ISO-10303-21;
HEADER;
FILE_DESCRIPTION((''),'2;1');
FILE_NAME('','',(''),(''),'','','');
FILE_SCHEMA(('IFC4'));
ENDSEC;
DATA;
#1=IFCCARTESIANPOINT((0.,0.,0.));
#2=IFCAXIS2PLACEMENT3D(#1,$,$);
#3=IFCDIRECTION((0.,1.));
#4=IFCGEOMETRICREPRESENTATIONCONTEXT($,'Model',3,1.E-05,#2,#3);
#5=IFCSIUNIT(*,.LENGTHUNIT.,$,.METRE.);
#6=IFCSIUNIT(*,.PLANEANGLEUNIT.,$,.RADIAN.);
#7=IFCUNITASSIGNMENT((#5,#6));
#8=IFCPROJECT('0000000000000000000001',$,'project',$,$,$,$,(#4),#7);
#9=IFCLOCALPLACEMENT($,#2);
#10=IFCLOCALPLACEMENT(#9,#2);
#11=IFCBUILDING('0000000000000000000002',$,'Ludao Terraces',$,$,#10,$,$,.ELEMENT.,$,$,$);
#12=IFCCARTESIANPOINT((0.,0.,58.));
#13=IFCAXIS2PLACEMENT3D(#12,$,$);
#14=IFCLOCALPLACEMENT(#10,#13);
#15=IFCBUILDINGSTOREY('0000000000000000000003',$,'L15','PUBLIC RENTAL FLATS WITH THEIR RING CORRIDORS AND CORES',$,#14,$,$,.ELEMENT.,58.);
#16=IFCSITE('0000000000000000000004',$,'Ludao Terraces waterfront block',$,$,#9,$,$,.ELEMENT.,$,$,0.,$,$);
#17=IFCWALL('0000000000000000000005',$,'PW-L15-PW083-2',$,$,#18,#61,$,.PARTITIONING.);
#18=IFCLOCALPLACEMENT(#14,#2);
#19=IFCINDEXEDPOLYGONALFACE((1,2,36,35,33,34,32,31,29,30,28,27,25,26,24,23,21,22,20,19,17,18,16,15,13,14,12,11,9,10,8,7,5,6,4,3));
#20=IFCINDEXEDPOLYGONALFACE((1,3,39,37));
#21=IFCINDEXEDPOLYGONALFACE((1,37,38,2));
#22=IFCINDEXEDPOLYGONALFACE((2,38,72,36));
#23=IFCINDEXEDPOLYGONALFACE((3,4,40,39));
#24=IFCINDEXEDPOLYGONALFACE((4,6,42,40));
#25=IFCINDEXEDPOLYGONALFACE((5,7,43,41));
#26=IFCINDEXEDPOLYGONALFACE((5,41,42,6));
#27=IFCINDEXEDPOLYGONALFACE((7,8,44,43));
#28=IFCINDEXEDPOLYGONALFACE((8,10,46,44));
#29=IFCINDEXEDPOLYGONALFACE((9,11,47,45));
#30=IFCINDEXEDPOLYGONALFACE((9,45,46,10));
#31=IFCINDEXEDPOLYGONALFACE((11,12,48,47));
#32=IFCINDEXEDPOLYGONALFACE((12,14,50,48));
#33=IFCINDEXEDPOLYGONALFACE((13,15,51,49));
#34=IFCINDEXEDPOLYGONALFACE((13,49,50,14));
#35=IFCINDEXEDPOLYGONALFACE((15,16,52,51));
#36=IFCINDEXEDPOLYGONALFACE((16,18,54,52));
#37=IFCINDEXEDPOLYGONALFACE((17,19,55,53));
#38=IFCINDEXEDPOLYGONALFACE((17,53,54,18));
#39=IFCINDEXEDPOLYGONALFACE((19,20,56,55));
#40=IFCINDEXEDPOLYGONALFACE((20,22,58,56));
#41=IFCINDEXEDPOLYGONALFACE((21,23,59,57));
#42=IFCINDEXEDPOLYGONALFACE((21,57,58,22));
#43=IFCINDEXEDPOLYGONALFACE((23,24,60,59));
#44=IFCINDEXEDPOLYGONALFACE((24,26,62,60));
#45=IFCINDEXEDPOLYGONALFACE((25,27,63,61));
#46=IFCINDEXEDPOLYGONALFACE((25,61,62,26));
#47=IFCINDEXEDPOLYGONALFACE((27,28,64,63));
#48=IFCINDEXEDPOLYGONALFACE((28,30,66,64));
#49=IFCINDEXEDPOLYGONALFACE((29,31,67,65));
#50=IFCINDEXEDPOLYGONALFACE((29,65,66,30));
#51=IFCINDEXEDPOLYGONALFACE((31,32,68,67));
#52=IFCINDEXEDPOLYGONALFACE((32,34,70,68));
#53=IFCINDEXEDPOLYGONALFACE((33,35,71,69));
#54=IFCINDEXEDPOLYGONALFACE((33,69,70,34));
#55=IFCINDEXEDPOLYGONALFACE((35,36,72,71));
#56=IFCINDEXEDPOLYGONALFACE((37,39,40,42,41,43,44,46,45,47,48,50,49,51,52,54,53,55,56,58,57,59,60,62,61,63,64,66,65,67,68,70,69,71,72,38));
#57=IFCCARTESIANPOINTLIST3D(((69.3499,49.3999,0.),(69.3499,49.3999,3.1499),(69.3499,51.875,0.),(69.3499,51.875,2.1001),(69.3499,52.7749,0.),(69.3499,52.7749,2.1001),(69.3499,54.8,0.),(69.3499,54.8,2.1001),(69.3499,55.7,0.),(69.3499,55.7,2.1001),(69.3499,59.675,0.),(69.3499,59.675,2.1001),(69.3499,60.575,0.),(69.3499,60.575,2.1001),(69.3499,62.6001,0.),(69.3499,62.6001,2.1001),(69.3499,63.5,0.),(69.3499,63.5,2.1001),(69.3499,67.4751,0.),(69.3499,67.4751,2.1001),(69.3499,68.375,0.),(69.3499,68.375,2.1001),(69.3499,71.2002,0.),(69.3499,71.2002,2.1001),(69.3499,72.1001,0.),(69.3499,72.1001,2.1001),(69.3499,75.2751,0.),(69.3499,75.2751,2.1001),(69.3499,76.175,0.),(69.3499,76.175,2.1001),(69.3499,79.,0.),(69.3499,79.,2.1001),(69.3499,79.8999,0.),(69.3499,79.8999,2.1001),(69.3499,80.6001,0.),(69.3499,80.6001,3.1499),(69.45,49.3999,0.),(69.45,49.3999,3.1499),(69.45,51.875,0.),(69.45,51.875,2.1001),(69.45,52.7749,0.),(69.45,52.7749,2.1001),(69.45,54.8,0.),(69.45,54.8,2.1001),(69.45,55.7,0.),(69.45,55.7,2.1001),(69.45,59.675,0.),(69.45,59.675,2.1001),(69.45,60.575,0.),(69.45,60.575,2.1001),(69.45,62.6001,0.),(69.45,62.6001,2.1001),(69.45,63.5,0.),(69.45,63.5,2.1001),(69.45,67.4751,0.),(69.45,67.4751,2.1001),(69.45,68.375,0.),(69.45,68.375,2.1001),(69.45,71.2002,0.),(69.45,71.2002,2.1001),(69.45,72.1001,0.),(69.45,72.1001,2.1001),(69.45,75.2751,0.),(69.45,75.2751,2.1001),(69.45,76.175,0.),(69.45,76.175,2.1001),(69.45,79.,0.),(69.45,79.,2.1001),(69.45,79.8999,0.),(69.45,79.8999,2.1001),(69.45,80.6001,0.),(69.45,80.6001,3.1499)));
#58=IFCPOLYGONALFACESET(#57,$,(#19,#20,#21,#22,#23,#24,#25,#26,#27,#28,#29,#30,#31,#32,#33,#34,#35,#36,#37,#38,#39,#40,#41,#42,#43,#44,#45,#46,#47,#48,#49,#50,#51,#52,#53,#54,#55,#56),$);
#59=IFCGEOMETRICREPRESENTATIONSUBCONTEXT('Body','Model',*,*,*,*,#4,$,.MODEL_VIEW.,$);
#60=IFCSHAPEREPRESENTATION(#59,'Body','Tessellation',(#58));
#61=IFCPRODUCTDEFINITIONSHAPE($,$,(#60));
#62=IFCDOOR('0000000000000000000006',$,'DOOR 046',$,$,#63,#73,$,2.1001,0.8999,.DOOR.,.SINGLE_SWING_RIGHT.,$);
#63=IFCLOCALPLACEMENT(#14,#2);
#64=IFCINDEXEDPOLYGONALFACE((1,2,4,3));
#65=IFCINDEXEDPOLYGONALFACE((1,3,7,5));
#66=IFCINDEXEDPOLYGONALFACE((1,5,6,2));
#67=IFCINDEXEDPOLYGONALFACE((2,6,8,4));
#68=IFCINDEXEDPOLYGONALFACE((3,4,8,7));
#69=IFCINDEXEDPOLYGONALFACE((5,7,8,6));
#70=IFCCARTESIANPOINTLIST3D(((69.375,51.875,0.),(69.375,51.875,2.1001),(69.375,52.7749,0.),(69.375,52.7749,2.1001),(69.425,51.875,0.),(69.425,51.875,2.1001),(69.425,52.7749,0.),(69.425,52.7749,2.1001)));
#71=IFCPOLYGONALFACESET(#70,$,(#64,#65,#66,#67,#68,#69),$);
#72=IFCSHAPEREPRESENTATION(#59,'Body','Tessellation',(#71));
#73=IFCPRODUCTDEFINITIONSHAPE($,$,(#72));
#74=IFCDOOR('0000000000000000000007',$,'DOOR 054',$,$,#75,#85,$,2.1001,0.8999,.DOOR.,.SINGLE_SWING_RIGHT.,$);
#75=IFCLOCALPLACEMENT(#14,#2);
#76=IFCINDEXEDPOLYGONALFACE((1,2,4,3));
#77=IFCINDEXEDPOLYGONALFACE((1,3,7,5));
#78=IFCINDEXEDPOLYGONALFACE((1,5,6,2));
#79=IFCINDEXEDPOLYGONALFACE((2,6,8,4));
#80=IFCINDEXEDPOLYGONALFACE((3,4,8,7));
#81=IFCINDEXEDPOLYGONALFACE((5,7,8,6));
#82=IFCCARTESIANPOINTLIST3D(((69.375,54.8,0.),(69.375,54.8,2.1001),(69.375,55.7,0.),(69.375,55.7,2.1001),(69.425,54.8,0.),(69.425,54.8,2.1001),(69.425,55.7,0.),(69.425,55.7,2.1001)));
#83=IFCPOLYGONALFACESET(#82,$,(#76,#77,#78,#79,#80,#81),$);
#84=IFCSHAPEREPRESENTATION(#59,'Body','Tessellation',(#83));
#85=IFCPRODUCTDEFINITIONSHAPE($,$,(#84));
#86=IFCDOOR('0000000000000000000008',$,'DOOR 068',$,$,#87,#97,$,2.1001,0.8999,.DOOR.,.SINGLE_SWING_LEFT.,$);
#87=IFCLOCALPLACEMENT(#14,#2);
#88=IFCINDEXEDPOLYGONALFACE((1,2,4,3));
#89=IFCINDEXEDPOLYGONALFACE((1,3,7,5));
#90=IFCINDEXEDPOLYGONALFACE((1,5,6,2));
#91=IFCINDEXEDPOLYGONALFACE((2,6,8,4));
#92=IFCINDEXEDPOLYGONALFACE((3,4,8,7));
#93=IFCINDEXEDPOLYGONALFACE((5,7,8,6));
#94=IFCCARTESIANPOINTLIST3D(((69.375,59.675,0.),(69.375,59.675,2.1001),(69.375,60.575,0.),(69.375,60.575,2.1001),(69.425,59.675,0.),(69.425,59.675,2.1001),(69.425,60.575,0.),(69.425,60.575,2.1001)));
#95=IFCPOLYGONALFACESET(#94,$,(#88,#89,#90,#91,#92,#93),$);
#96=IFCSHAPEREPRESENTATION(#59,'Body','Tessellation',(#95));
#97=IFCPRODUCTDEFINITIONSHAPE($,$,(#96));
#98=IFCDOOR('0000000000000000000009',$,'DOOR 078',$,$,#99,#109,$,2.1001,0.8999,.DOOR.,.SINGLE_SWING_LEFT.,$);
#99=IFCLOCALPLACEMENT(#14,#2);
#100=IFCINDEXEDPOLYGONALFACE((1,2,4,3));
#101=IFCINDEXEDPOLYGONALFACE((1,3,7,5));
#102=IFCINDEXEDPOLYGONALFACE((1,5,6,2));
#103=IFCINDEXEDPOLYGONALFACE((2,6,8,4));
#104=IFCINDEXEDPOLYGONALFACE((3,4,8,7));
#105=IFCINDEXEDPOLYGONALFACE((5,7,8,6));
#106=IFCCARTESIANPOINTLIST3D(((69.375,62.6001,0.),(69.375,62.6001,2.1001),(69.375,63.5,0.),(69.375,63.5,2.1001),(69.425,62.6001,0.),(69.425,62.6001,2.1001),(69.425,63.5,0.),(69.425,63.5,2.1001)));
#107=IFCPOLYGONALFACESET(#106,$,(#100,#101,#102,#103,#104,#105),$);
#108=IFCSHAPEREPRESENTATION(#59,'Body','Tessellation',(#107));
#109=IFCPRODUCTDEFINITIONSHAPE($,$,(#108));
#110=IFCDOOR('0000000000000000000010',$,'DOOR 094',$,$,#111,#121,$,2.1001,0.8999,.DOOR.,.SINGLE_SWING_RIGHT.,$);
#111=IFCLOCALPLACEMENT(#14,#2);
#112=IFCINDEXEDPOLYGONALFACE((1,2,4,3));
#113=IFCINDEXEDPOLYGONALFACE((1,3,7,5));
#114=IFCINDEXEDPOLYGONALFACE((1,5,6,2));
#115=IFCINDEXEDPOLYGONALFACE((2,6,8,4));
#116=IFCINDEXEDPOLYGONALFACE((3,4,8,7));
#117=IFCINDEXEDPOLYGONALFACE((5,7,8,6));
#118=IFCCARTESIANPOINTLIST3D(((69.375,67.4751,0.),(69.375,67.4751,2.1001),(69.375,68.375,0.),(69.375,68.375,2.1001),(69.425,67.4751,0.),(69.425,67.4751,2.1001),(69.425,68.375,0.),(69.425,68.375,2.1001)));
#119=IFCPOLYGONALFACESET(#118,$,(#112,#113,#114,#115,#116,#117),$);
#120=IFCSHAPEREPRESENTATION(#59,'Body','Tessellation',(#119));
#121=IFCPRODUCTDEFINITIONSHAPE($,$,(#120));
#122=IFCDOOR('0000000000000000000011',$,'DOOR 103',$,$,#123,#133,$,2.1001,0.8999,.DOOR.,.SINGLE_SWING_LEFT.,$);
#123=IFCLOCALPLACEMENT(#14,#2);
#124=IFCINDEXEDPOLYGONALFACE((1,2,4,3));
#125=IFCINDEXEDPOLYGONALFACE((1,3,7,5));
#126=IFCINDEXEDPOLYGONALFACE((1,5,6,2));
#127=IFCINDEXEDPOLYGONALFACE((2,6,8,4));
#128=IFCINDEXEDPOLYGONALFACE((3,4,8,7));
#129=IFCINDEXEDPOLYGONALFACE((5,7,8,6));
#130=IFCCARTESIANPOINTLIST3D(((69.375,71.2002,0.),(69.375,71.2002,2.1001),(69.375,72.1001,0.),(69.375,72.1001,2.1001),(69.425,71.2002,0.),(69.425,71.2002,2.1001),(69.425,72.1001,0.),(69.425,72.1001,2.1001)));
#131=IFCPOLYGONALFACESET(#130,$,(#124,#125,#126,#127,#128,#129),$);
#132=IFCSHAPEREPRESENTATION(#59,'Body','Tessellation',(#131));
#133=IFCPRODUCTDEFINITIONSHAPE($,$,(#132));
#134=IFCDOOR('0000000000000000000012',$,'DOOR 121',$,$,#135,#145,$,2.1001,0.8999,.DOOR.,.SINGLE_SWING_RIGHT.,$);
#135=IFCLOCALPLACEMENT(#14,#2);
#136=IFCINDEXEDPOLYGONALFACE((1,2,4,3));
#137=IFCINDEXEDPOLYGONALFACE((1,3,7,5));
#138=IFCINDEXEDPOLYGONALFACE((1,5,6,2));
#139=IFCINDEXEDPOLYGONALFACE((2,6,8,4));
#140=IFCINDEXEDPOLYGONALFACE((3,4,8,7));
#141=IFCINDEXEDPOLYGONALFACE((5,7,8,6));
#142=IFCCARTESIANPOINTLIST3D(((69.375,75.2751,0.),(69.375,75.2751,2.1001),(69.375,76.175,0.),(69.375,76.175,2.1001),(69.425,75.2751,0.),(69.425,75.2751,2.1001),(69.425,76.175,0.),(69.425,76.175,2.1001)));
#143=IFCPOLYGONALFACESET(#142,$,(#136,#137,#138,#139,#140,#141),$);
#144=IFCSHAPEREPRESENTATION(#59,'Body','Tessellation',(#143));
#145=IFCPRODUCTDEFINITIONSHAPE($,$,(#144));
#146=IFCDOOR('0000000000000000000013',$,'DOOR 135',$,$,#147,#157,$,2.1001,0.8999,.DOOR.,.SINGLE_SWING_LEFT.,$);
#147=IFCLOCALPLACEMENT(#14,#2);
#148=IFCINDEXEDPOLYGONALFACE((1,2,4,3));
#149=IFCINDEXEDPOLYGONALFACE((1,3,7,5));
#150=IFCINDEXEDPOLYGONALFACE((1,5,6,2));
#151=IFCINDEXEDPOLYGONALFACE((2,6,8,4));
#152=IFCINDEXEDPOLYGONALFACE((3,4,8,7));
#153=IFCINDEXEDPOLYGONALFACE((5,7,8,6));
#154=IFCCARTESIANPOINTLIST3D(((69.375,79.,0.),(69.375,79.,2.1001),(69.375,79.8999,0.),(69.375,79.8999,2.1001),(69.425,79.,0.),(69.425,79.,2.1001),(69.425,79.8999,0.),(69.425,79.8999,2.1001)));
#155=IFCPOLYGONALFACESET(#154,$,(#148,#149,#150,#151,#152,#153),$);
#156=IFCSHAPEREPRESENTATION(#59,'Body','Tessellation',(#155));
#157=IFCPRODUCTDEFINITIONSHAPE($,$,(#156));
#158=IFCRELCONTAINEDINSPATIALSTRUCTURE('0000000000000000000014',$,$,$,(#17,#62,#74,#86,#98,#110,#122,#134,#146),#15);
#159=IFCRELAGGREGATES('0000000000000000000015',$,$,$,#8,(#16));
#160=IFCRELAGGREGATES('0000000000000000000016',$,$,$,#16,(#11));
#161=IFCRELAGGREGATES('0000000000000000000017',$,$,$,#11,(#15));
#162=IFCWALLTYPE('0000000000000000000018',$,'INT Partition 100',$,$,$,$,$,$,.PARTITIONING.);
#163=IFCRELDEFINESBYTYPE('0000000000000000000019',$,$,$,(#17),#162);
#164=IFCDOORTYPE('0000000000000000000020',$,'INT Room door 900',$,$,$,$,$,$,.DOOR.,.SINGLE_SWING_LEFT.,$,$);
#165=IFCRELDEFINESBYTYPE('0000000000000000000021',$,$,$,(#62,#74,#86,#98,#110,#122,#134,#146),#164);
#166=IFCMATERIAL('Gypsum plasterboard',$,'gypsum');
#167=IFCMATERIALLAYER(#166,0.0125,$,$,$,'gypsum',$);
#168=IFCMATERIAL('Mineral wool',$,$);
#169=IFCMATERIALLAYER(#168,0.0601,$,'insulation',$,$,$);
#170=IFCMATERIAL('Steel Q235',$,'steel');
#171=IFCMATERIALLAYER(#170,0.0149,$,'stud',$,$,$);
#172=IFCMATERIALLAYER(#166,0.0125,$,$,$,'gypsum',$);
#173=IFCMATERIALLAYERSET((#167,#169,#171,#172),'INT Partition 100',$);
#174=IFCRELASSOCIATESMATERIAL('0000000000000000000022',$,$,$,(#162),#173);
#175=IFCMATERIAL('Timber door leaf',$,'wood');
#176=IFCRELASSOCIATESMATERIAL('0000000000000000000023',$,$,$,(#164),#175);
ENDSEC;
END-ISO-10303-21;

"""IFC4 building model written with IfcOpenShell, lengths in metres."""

from ifc_helpers import new_model, si_unit, direction, frame, frame_2d, origin, place, context, subcontext, project, spatial, rectangle, extrude, material, layer, layer_set, type_object, element, fill, save


model = new_model("IFC4")

# Units and contexts
model_context = context("Model", 3, precision=1e-05, world=origin(), true_north=direction((0.0, 1.0)))
body_context = subcontext(model_context, "Body", "Model", "MODEL_VIEW")
ifc_project = project(units=[si_unit("LENGTHUNIT", "METRE"), si_unit("PLANEANGLEUNIT", "RADIAN")], contexts=[model_context])

# Site, building, storey
site_placement = place(None, origin())
site = spatial("IfcSite", under=ifc_project, at=site_placement, Name="Ludao Terraces waterfront block", CompositionType="ELEMENT", RefElevation=0.0)
building_placement = place(site_placement, origin())
building = spatial("IfcBuilding", under=site, at=building_placement, Name="Ludao Terraces", CompositionType="ELEMENT")
storey_placement = place(building_placement, frame((0.0, 0.0, 58.0)))
storey = spatial("IfcBuildingStorey", under=building, at=storey_placement, Name="L15", Description="PUBLIC RENTAL FLATS WITH THEIR RING CORRIDORS AND CORES", CompositionType="ELEMENT", Elevation=58.0)

# Shared definitions
ifc_material_1 = material(Name="Gypsum plasterboard", Category="gypsum")
ifc_layer_1 = layer(ifc_material_1, 0.0125, Category="gypsum")
ifc_material_2 = material(Name="Mineral wool")
ifc_layer_2 = layer(ifc_material_2, 0.0601, Name="insulation")
ifc_material_3 = material(Name="Steel Q235", Category="steel")
ifc_layer_3 = layer(ifc_material_3, 0.0149, Name="stud")
ifc_layer_4 = layer(ifc_material_1, 0.0125, Category="gypsum")
ifc_layer_set = layer_set([ifc_layer_1, ifc_layer_2, ifc_layer_3, ifc_layer_4], Name="INT Partition 100")
wall_type = type_object("IfcWallType", Name="INT Partition 100", PredefinedType="PARTITIONING", material=ifc_layer_set)

# Wall, openings, doors
wall_1_placement = place(storey_placement, frame((69.3999, 49.3999, 0.0), z_axis=(0.0, 0.0, 1.0), x_axis=(0.0, 1.0, 0.0)))
wall_1 = element("IfcWall", 1, at=wall_1_placement, inside=storey, type_object=wall_type, Name="PW-L15-PW083-2", PredefinedType="PARTITIONING", context=body_context, shape_type="SweptSolid", body=[
    extrude(rectangle(XDim=31.2002, YDim=0.1001, at=frame_2d((15.6001, 0.0))), origin(), (0.0, 0.0, 1.0), 3.1499),
])
opening_1_placement = place(wall_1_placement, frame((2.4751, 0.0, 0.0)))
opening_1 = element("IfcOpeningElement", 2, at=opening_1_placement, cuts=wall_1, PredefinedType="OPENING", context=body_context, shape_type="SweptSolid", body=[
    extrude(rectangle(XDim=0.8999, YDim=2.1001, at=frame_2d((0.45, 1.05))), frame((0.0, 0.0601, 0.0), z_axis=(0.0, -1.0, 0.0), x_axis=(1.0, 0.0, 0.0)), (0.0, 0.0, 1.0), 0.1201),
])
opening_2_placement = place(wall_1_placement, frame((5.4001, 0.0, 0.0)))
opening_2 = element("IfcOpeningElement", 3, at=opening_2_placement, cuts=wall_1, PredefinedType="OPENING", context=body_context, shape_type="SweptSolid", body=[
    extrude(rectangle(XDim=0.8999, YDim=2.1001, at=frame_2d((0.45, 1.05))), frame((0.0, 0.0601, 0.0), z_axis=(0.0, -1.0, 0.0), x_axis=(1.0, 0.0, 0.0)), (0.0, 0.0, 1.0), 0.1201),
])
opening_3_placement = place(wall_1_placement, frame((10.2751, 0.0, 0.0)))
opening_3 = element("IfcOpeningElement", 4, at=opening_3_placement, cuts=wall_1, PredefinedType="OPENING", context=body_context, shape_type="SweptSolid", body=[
    extrude(rectangle(XDim=0.8999, YDim=2.1001, at=frame_2d((0.45, 1.05))), frame((0.0, 0.0601, 0.0), z_axis=(0.0, -1.0, 0.0), x_axis=(1.0, 0.0, 0.0)), (0.0, 0.0, 1.0), 0.1201),
])
opening_4_placement = place(wall_1_placement, frame((13.2002, 0.0, 0.0)))
opening_4 = element("IfcOpeningElement", 5, at=opening_4_placement, cuts=wall_1, PredefinedType="OPENING", context=body_context, shape_type="SweptSolid", body=[
    extrude(rectangle(XDim=0.8999, YDim=2.1001, at=frame_2d((0.45, 1.05))), frame((0.0, 0.0601, 0.0), z_axis=(0.0, -1.0, 0.0), x_axis=(1.0, 0.0, 0.0)), (0.0, 0.0, 1.0), 0.1201),
])
opening_5_placement = place(wall_1_placement, frame((18.0752, 0.0, 0.0)))
opening_5 = element("IfcOpeningElement", 6, at=opening_5_placement, cuts=wall_1, PredefinedType="OPENING", context=body_context, shape_type="SweptSolid", body=[
    extrude(rectangle(XDim=0.8999, YDim=2.1001, at=frame_2d((0.45, 1.05))), frame((0.0, 0.0601, 0.0), z_axis=(0.0, -1.0, 0.0), x_axis=(1.0, 0.0, 0.0)), (0.0, 0.0, 1.0), 0.1201),
])
opening_6_placement = place(wall_1_placement, frame((21.8003, 0.0, 0.0)))
opening_6 = element("IfcOpeningElement", 7, at=opening_6_placement, cuts=wall_1, PredefinedType="OPENING", context=body_context, shape_type="SweptSolid", body=[
    extrude(rectangle(XDim=0.8999, YDim=2.1001, at=frame_2d((0.45, 1.05))), frame((0.0, 0.0601, 0.0), z_axis=(0.0, -1.0, 0.0), x_axis=(1.0, 0.0, 0.0)), (0.0, 0.0, 1.0), 0.1201),
])
opening_7_placement = place(wall_1_placement, frame((25.8752, 0.0, 0.0)))
opening_7 = element("IfcOpeningElement", 8, at=opening_7_placement, cuts=wall_1, PredefinedType="OPENING", context=body_context, shape_type="SweptSolid", body=[
    extrude(rectangle(XDim=0.8999, YDim=2.1001, at=frame_2d((0.45, 1.05))), frame((0.0, 0.0601, 0.0), z_axis=(0.0, -1.0, 0.0), x_axis=(1.0, 0.0, 0.0)), (0.0, 0.0, 1.0), 0.1201),
])
opening_8_placement = place(wall_1_placement, frame((29.6001, 0.0, 0.0)))
opening_8 = element("IfcOpeningElement", 9, at=opening_8_placement, cuts=wall_1, PredefinedType="OPENING", context=body_context, shape_type="SweptSolid", body=[
    extrude(rectangle(XDim=0.8999, YDim=2.1001, at=frame_2d((0.45, 1.05))), frame((0.0, 0.0601, 0.0), z_axis=(0.0, -1.0, 0.0), x_axis=(1.0, 0.0, 0.0)), (0.0, 0.0, 1.0), 0.1201),
])
ifc_material_4 = material(Name="Timber door leaf", Category="wood")
door_type = type_object("IfcDoorType", Name="INT Room door 900", OperationType="SINGLE_SWING_LEFT", PredefinedType="DOOR", material=ifc_material_4)
door_1_placement = place(opening_1_placement, origin())
door_1 = element("IfcDoor", 10, at=door_1_placement, inside=storey, type_object=door_type, Name="DOOR 046", OperationType="SINGLE_SWING_RIGHT", OverallHeight=2.1001, OverallWidth=0.8999, PredefinedType="DOOR", context=body_context, shape_type="SweptSolid", body=[
    extrude(rectangle(XDim=0.8999, YDim=2.1001, at=frame_2d((0.45, 1.05))), frame((0.0, 0.0249, 0.0), z_axis=(0.0, -1.0, 0.0), x_axis=(1.0, 0.0, 0.0)), (0.0, 0.0, 1.0), 0.05),
])
fill(opening_1, door_1)
door_2_placement = place(opening_2_placement, origin())
door_2 = element("IfcDoor", 11, at=door_2_placement, inside=storey, type_object=door_type, Name="DOOR 054", OperationType="SINGLE_SWING_RIGHT", OverallHeight=2.1001, OverallWidth=0.8999, PredefinedType="DOOR", context=body_context, shape_type="SweptSolid", body=[
    extrude(rectangle(XDim=0.8999, YDim=2.1001, at=frame_2d((0.45, 1.05))), frame((0.0, 0.0249, 0.0), z_axis=(0.0, -1.0, 0.0), x_axis=(1.0, 0.0, 0.0)), (0.0, 0.0, 1.0), 0.05),
])
fill(opening_2, door_2)
door_3_placement = place(opening_3_placement, origin())
door_3 = element("IfcDoor", 12, at=door_3_placement, inside=storey, type_object=door_type, Name="DOOR 068", OperationType="SINGLE_SWING_LEFT", OverallHeight=2.1001, OverallWidth=0.8999, PredefinedType="DOOR", context=body_context, shape_type="SweptSolid", body=[
    extrude(rectangle(XDim=0.8999, YDim=2.1001, at=frame_2d((0.45, 1.05))), frame((0.0, 0.0249, 0.0), z_axis=(0.0, -1.0, 0.0), x_axis=(1.0, 0.0, 0.0)), (0.0, 0.0, 1.0), 0.05),
])
fill(opening_3, door_3)
door_4_placement = place(opening_4_placement, origin())
door_4 = element("IfcDoor", 13, at=door_4_placement, inside=storey, type_object=door_type, Name="DOOR 078", OperationType="SINGLE_SWING_LEFT", OverallHeight=2.1001, OverallWidth=0.8999, PredefinedType="DOOR", context=body_context, shape_type="SweptSolid", body=[
    extrude(rectangle(XDim=0.8999, YDim=2.1001, at=frame_2d((0.45, 1.05))), frame((0.0, 0.0249, 0.0), z_axis=(0.0, -1.0, 0.0), x_axis=(1.0, 0.0, 0.0)), (0.0, 0.0, 1.0), 0.05),
])
fill(opening_4, door_4)
door_5_placement = place(opening_5_placement, origin())
door_5 = element("IfcDoor", 14, at=door_5_placement, inside=storey, type_object=door_type, Name="DOOR 094", OperationType="SINGLE_SWING_RIGHT", OverallHeight=2.1001, OverallWidth=0.8999, PredefinedType="DOOR", context=body_context, shape_type="SweptSolid", body=[
    extrude(rectangle(XDim=0.8999, YDim=2.1001, at=frame_2d((0.45, 1.05))), frame((0.0, 0.0249, 0.0), z_axis=(0.0, -1.0, 0.0), x_axis=(1.0, 0.0, 0.0)), (0.0, 0.0, 1.0), 0.05),
])
fill(opening_5, door_5)
door_6_placement = place(opening_6_placement, origin())
door_6 = element("IfcDoor", 15, at=door_6_placement, inside=storey, type_object=door_type, Name="DOOR 103", OperationType="SINGLE_SWING_LEFT", OverallHeight=2.1001, OverallWidth=0.8999, PredefinedType="DOOR", context=body_context, shape_type="SweptSolid", body=[
    extrude(rectangle(XDim=0.8999, YDim=2.1001, at=frame_2d((0.45, 1.05))), frame((0.0, 0.0249, 0.0), z_axis=(0.0, -1.0, 0.0), x_axis=(1.0, 0.0, 0.0)), (0.0, 0.0, 1.0), 0.05),
])
fill(opening_6, door_6)
door_7_placement = place(opening_7_placement, origin())
door_7 = element("IfcDoor", 16, at=door_7_placement, inside=storey, type_object=door_type, Name="DOOR 121", OperationType="SINGLE_SWING_RIGHT", OverallHeight=2.1001, OverallWidth=0.8999, PredefinedType="DOOR", context=body_context, shape_type="SweptSolid", body=[
    extrude(rectangle(XDim=0.8999, YDim=2.1001, at=frame_2d((0.45, 1.05))), frame((0.0, 0.0249, 0.0), z_axis=(0.0, -1.0, 0.0), x_axis=(1.0, 0.0, 0.0)), (0.0, 0.0, 1.0), 0.05),
])
fill(opening_7, door_7)
door_8_placement = place(opening_8_placement, origin())
door_8 = element("IfcDoor", 17, at=door_8_placement, inside=storey, type_object=door_type, Name="DOOR 135", OperationType="SINGLE_SWING_LEFT", OverallHeight=2.1001, OverallWidth=0.8999, PredefinedType="DOOR", context=body_context, shape_type="SweptSolid", body=[
    extrude(rectangle(XDim=0.8999, YDim=2.1001, at=frame_2d((0.45, 1.05))), frame((0.0, 0.0249, 0.0), z_axis=(0.0, -1.0, 0.0), x_axis=(1.0, 0.0, 0.0)), (0.0, 0.0, 1.0), 0.05),
])
fill(opening_8, door_8)

save(model, "model.ifc")
